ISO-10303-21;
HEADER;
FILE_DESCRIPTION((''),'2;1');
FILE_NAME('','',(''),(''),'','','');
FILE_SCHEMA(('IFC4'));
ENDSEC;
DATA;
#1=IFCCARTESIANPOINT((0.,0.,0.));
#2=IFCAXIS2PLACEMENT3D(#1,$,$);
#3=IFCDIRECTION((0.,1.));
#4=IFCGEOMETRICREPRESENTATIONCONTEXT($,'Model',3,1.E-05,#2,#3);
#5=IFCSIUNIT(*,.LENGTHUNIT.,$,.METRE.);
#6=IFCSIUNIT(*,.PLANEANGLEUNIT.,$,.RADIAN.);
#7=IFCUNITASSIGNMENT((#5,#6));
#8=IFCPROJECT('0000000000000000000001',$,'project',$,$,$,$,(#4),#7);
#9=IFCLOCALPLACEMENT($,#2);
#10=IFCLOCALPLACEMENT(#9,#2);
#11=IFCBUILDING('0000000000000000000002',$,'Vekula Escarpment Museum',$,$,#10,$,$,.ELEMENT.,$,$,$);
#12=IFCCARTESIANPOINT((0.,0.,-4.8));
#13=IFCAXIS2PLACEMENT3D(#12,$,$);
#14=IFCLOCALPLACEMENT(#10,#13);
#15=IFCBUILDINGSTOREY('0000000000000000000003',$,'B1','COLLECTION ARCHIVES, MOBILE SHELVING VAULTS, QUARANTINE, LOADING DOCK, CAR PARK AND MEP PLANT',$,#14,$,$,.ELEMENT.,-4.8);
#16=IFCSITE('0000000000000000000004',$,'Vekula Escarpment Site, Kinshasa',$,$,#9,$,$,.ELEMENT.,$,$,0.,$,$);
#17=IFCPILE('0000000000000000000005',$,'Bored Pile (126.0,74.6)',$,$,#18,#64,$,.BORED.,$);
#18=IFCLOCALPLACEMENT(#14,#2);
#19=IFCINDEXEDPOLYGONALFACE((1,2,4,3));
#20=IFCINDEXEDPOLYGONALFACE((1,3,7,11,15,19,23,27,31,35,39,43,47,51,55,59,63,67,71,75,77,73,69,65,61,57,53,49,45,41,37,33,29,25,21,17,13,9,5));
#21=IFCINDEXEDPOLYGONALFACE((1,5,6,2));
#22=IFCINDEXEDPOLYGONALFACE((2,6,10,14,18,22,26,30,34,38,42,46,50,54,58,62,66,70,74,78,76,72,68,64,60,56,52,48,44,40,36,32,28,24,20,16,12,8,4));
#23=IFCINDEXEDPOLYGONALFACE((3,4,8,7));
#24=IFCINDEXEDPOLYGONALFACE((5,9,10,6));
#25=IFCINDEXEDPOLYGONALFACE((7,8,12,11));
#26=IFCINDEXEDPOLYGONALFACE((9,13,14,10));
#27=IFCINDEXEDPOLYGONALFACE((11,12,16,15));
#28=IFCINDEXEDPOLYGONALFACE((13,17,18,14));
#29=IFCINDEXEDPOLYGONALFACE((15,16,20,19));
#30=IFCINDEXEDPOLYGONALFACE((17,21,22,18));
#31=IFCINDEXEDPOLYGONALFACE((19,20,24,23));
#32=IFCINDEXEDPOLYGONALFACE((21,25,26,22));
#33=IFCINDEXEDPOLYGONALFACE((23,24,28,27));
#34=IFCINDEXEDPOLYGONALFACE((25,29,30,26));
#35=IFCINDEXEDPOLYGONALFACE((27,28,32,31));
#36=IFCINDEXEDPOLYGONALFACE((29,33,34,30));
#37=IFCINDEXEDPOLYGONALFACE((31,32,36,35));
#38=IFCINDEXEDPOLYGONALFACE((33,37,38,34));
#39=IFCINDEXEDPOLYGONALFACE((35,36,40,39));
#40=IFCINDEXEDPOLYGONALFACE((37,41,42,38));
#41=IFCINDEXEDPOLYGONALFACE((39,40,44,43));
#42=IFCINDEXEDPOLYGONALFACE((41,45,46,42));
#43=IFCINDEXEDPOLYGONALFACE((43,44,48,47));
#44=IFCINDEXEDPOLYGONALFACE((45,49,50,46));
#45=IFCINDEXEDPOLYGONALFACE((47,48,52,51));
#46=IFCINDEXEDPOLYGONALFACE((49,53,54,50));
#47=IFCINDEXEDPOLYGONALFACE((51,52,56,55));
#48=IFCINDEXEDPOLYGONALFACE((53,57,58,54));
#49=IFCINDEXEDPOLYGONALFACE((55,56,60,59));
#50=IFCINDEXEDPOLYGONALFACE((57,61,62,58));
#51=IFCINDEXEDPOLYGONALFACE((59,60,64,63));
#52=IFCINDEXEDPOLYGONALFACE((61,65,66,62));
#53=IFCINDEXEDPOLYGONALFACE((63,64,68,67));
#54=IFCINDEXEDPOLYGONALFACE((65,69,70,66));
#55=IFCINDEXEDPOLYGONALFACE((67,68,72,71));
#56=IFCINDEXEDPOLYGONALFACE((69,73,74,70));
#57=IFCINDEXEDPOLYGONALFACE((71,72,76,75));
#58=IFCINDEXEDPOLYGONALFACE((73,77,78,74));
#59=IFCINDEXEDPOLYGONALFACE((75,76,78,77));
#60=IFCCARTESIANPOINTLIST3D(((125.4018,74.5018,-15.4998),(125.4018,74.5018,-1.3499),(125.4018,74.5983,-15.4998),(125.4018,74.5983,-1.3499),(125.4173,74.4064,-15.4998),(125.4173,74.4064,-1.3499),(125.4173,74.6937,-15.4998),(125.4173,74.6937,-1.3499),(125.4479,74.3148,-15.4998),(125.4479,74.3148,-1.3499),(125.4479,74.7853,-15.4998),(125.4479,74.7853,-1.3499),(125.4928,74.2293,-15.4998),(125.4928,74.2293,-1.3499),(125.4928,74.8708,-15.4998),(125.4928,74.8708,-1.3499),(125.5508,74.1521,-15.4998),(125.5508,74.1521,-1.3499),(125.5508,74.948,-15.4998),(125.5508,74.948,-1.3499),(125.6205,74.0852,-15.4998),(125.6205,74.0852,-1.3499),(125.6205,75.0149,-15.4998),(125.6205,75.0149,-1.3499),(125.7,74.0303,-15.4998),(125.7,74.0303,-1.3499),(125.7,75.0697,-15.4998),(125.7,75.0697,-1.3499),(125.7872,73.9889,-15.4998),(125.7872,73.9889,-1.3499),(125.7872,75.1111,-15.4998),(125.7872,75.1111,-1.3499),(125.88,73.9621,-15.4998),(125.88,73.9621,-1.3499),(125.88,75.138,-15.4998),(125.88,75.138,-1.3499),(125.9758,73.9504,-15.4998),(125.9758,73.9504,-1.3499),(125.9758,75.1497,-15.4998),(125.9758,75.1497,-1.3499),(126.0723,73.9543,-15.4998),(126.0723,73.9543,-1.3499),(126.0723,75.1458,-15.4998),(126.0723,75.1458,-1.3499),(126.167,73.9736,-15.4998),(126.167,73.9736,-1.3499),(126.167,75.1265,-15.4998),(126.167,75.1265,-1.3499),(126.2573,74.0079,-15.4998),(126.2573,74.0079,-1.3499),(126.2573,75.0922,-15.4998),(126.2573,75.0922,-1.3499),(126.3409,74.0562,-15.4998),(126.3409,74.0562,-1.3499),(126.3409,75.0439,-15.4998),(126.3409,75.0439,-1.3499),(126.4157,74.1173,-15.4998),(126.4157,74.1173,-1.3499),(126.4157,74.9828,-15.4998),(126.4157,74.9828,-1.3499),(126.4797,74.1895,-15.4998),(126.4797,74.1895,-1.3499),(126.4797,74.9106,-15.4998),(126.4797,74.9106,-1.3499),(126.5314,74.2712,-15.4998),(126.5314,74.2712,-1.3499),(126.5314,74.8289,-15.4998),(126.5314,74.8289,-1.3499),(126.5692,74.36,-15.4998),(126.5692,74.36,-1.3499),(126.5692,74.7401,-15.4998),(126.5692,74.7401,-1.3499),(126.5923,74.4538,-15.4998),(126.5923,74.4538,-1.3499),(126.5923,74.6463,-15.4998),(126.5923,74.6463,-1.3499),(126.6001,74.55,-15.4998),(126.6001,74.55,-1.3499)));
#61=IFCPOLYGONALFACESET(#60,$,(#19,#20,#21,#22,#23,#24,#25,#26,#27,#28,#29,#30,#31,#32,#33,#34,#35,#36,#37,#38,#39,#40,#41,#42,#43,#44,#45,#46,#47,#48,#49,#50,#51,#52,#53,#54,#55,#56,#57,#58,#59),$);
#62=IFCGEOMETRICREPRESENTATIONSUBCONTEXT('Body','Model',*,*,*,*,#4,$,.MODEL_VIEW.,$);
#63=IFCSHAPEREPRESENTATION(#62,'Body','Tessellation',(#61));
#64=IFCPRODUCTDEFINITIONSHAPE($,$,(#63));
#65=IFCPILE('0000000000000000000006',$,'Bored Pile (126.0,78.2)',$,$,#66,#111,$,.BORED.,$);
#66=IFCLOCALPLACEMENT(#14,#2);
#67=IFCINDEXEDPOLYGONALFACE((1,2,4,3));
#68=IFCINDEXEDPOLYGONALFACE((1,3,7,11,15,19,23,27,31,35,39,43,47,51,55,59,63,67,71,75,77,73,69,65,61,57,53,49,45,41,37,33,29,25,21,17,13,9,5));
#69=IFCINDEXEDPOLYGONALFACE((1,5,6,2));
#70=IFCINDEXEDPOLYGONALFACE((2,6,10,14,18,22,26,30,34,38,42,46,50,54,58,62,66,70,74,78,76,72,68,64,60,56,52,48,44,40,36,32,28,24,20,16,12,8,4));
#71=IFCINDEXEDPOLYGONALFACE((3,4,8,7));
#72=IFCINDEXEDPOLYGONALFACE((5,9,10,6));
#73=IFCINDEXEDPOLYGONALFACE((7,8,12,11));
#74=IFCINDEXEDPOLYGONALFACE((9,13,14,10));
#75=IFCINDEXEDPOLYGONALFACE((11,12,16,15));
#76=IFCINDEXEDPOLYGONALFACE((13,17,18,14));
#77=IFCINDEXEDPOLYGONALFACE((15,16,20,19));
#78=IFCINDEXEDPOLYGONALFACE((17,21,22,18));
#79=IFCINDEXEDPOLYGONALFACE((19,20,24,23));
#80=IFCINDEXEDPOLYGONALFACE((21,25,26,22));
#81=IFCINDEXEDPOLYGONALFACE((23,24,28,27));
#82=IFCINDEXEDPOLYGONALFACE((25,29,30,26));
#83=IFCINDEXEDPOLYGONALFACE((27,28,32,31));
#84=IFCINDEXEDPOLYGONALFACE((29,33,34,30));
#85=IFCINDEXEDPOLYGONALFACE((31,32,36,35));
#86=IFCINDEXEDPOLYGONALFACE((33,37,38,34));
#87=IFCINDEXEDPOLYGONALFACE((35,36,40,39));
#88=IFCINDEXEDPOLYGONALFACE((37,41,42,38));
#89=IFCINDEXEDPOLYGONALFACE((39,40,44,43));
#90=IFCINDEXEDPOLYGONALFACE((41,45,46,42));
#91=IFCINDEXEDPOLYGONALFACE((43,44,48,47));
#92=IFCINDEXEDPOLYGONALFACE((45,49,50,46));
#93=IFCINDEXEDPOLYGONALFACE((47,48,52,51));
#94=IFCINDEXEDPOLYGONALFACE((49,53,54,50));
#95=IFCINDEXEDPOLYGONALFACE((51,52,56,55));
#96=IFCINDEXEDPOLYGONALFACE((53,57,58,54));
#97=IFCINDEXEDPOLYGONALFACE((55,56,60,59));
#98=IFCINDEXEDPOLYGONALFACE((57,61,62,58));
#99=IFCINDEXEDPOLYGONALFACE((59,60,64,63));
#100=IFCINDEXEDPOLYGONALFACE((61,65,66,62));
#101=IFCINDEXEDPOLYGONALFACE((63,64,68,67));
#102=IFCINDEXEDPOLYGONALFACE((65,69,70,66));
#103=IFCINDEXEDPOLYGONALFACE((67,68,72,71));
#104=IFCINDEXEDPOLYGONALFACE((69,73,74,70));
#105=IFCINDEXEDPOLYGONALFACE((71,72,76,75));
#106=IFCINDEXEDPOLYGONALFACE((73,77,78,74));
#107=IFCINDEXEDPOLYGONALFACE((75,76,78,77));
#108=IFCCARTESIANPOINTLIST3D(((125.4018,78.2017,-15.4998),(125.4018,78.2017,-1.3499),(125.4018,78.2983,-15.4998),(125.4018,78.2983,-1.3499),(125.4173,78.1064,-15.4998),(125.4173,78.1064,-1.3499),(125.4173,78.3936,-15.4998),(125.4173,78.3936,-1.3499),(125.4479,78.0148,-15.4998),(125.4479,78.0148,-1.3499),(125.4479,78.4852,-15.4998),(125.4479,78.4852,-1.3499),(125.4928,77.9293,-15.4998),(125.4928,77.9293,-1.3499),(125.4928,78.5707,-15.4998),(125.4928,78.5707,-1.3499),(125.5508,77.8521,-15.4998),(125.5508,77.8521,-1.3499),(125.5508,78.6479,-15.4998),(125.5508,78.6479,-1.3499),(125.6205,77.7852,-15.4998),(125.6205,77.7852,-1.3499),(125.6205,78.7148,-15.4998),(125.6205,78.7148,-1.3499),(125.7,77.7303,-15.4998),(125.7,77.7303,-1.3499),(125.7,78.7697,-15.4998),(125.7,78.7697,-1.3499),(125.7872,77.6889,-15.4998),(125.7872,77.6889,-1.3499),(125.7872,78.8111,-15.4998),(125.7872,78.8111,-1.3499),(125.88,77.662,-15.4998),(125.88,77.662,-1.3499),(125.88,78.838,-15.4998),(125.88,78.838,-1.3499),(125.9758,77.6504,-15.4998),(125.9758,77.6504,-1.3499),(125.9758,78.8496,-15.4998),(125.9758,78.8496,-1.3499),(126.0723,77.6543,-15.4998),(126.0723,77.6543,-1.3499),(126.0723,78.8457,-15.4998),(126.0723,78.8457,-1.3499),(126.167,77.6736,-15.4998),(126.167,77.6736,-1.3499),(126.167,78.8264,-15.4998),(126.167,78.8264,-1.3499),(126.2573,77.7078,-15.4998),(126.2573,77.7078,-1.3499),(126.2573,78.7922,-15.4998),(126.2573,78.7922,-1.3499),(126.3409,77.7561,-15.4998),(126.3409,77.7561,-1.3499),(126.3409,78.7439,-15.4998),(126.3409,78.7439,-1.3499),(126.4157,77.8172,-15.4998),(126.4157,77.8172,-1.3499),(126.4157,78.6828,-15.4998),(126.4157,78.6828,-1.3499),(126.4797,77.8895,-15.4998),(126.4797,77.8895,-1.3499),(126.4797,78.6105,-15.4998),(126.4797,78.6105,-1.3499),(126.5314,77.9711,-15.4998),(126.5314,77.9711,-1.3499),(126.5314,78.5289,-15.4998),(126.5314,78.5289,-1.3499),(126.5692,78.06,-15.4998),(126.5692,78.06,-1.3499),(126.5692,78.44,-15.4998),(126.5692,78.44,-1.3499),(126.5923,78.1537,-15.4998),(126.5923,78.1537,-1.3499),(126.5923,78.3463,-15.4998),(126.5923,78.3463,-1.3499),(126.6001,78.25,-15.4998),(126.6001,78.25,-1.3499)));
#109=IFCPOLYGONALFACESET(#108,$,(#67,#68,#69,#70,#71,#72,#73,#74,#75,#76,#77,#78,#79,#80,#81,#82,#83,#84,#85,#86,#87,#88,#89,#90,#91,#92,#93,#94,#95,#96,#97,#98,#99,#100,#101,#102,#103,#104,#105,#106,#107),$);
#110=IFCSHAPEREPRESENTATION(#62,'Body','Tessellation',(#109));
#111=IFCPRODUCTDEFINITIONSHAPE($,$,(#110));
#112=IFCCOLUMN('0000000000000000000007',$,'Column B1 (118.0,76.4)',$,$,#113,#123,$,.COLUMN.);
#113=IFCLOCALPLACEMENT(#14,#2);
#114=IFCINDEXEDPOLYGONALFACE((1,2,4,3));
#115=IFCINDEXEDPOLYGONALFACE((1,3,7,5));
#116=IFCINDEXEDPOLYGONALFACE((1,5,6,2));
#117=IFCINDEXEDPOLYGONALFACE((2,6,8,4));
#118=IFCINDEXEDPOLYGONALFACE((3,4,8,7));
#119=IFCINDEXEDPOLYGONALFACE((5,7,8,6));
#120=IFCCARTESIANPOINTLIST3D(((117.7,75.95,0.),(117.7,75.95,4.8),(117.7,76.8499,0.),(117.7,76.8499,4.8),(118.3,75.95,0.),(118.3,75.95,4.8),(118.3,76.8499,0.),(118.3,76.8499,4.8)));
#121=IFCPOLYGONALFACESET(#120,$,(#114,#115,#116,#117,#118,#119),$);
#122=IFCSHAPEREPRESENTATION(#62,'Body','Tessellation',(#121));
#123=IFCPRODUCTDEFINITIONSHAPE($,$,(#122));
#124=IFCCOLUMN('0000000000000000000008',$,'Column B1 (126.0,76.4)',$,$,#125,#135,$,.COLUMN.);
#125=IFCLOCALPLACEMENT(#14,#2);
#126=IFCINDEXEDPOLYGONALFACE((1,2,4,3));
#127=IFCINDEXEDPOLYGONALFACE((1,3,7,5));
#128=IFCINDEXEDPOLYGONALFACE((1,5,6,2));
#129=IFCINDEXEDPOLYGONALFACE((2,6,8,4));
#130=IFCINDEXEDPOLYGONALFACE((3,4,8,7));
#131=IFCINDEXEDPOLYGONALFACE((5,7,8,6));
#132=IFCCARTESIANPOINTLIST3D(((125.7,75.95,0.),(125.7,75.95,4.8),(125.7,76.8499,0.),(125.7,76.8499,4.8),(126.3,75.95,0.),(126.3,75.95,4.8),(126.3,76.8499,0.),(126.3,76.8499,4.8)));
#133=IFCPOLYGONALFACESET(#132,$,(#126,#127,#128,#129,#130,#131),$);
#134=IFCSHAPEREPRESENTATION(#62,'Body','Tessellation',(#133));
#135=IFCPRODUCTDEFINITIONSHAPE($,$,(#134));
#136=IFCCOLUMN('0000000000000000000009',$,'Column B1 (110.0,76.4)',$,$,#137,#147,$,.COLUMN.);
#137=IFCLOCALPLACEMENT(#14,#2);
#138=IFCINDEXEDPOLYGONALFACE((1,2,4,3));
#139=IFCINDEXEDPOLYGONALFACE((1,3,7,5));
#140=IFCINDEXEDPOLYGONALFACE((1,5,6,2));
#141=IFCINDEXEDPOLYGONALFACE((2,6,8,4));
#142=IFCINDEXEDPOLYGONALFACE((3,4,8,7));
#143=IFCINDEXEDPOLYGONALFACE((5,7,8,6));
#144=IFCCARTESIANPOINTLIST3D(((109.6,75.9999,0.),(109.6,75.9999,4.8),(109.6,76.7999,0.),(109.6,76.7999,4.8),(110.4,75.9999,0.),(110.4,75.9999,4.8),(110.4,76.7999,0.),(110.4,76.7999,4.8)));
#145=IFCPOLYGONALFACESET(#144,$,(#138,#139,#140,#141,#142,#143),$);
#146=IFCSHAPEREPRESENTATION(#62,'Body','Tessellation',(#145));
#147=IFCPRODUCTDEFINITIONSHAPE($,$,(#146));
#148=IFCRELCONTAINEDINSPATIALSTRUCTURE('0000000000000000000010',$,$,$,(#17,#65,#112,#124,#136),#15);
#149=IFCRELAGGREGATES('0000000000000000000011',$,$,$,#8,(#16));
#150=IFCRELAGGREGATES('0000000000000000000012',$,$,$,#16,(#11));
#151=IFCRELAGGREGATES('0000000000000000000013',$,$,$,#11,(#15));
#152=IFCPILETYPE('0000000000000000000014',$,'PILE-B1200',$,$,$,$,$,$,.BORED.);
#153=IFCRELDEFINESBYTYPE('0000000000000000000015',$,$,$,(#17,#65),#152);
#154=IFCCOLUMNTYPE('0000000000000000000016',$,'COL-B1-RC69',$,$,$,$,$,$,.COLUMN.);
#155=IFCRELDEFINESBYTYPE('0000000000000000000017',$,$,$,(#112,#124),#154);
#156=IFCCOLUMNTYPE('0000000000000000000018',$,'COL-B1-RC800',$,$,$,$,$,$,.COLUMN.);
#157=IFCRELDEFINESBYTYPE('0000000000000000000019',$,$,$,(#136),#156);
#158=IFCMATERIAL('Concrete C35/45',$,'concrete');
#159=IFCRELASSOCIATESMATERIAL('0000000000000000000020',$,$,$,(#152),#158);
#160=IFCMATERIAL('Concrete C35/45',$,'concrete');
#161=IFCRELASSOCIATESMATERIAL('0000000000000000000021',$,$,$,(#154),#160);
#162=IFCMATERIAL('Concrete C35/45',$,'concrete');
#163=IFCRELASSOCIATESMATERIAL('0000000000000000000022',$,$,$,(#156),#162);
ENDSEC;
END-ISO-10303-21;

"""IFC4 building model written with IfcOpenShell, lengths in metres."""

from ifc_helpers import new_model, si_unit, direction, frame, origin, origin_2d, place, context, subcontext, project, spatial, rectangle, circle, extrude, material, material_profile, profile_set, type_object, element, save


model = new_model("IFC4")

# Units and contexts
model_context = context("Model", 3, precision=1e-05, world=origin(), true_north=direction((0.0, 1.0)))
body_context = subcontext(model_context, "Body", "Model", "MODEL_VIEW")
ifc_project = project(units=[si_unit("LENGTHUNIT", "METRE"), si_unit("PLANEANGLEUNIT", "RADIAN")], contexts=[model_context])

# Site, building, storey
site_placement = place(None, origin())
site = spatial("IfcSite", under=ifc_project, at=site_placement, Name="Vekula Escarpment Site, Kinshasa", CompositionType="ELEMENT", RefElevation=0.0)
building_placement = place(site_placement, origin())
building = spatial("IfcBuilding", under=site, at=building_placement, Name="Vekula Escarpment Museum", CompositionType="ELEMENT")
storey_placement = place(building_placement, frame((0.0, 0.0, -4.8)))
storey = spatial("IfcBuildingStorey", under=building, at=storey_placement, Name="B1", Description="COLLECTION ARCHIVES, MOBILE SHELVING VAULTS, QUARANTINE, LOADING DOCK, CAR PARK AND MEP PLANT", CompositionType="ELEMENT", Elevation=-4.8)

# Piles
ifc_material_1 = material(Name="Concrete C35/45", Category="concrete")
ifc_material_profile_1 = material_profile(ifc_material_1, circle(Radius=0.6001, at=origin_2d()), Name="BORED PILE 1200")
ifc_profile_set_1 = profile_set([ifc_material_profile_1], Name="Concrete C35/45")
pile_type = type_object("IfcPileType", Name="PILE-B1200", PredefinedType="BORED", material=ifc_profile_set_1)
for number, where, z_axis, x_axis, name in (
    (1, (126.0, 74.55, -1.3499), (0.0, 0.0, -1.0), (1.0, 0.0, 0.0), "Bored Pile (126.0,74.6)"),
    (2, (126.0, 78.25, -1.3499), (0.0, 0.0, -1.0), (1.0, 0.0, 0.0), "Bored Pile (126.0,78.2)"),
):
    element("IfcPile", number, at=place(storey_placement, frame(where, z_axis=z_axis, x_axis=x_axis)), inside=storey, type_object=pile_type, Name=name, PredefinedType="BORED", context=body_context, shape_type="SweptSolid", body=[
        extrude(circle(Radius=0.6001, at=origin_2d()), origin(), (0.0, 0.0, 1.0), 14.1499),
    ])

# Columns
ifc_material_2 = material(Name="Concrete C35/45", Category="concrete")
ifc_material_profile_2 = material_profile(ifc_material_2, rectangle(XDim=0.6001, YDim=0.8999, at=origin_2d()), Name="RC 600x900")
ifc_profile_set_2 = profile_set([ifc_material_profile_2], Name="Concrete C35/45")
column_type_1 = type_object("IfcColumnType", Name="COL-B1-RC69", PredefinedType="COLUMN", material=ifc_profile_set_2)
for number, where, z_axis, x_axis, name in (
    (3, (118.0, 76.3999, 0.0), (0.0, 0.0, 1.0), (1.0, 0.0, 0.0), "Column B1 (118.0,76.4)"),
    (4, (126.0, 76.3999, 0.0), (0.0, 0.0, 1.0), (1.0, 0.0, 0.0), "Column B1 (126.0,76.4)"),
):
    element("IfcColumn", number, at=place(storey_placement, frame(where, z_axis=z_axis, x_axis=x_axis)), inside=storey, type_object=column_type_1, Name=name, PredefinedType="COLUMN", context=body_context, shape_type="SweptSolid", body=[
        extrude(rectangle(XDim=0.6001, YDim=0.8999, at=origin_2d()), origin(), (0.0, 0.0, 1.0), 4.8),
    ])
ifc_material_3 = material(Name="Concrete C35/45", Category="concrete")
ifc_material_profile_3 = material_profile(ifc_material_3, rectangle(XDim=0.8, YDim=0.8, at=origin_2d()), Name="RC 800x800")
ifc_profile_set_3 = profile_set([ifc_material_profile_3], Name="Concrete C35/45")
column_type_2 = type_object("IfcColumnType", Name="COL-B1-RC800", PredefinedType="COLUMN", material=ifc_profile_set_3)
column_placement = place(storey_placement, frame((110.0, 76.3999, 0.0), z_axis=(0.0, 0.0, 1.0), x_axis=(1.0, 0.0, 0.0)))
element("IfcColumn", 5, at=column_placement, inside=storey, type_object=column_type_2, Name="Column B1 (110.0,76.4)", PredefinedType="COLUMN", context=body_context, shape_type="SweptSolid", body=[
    extrude(rectangle(XDim=0.8, YDim=0.8, at=origin_2d()), origin(), (0.0, 0.0, 1.0), 4.8),
])

save(model, "model.ifc")
